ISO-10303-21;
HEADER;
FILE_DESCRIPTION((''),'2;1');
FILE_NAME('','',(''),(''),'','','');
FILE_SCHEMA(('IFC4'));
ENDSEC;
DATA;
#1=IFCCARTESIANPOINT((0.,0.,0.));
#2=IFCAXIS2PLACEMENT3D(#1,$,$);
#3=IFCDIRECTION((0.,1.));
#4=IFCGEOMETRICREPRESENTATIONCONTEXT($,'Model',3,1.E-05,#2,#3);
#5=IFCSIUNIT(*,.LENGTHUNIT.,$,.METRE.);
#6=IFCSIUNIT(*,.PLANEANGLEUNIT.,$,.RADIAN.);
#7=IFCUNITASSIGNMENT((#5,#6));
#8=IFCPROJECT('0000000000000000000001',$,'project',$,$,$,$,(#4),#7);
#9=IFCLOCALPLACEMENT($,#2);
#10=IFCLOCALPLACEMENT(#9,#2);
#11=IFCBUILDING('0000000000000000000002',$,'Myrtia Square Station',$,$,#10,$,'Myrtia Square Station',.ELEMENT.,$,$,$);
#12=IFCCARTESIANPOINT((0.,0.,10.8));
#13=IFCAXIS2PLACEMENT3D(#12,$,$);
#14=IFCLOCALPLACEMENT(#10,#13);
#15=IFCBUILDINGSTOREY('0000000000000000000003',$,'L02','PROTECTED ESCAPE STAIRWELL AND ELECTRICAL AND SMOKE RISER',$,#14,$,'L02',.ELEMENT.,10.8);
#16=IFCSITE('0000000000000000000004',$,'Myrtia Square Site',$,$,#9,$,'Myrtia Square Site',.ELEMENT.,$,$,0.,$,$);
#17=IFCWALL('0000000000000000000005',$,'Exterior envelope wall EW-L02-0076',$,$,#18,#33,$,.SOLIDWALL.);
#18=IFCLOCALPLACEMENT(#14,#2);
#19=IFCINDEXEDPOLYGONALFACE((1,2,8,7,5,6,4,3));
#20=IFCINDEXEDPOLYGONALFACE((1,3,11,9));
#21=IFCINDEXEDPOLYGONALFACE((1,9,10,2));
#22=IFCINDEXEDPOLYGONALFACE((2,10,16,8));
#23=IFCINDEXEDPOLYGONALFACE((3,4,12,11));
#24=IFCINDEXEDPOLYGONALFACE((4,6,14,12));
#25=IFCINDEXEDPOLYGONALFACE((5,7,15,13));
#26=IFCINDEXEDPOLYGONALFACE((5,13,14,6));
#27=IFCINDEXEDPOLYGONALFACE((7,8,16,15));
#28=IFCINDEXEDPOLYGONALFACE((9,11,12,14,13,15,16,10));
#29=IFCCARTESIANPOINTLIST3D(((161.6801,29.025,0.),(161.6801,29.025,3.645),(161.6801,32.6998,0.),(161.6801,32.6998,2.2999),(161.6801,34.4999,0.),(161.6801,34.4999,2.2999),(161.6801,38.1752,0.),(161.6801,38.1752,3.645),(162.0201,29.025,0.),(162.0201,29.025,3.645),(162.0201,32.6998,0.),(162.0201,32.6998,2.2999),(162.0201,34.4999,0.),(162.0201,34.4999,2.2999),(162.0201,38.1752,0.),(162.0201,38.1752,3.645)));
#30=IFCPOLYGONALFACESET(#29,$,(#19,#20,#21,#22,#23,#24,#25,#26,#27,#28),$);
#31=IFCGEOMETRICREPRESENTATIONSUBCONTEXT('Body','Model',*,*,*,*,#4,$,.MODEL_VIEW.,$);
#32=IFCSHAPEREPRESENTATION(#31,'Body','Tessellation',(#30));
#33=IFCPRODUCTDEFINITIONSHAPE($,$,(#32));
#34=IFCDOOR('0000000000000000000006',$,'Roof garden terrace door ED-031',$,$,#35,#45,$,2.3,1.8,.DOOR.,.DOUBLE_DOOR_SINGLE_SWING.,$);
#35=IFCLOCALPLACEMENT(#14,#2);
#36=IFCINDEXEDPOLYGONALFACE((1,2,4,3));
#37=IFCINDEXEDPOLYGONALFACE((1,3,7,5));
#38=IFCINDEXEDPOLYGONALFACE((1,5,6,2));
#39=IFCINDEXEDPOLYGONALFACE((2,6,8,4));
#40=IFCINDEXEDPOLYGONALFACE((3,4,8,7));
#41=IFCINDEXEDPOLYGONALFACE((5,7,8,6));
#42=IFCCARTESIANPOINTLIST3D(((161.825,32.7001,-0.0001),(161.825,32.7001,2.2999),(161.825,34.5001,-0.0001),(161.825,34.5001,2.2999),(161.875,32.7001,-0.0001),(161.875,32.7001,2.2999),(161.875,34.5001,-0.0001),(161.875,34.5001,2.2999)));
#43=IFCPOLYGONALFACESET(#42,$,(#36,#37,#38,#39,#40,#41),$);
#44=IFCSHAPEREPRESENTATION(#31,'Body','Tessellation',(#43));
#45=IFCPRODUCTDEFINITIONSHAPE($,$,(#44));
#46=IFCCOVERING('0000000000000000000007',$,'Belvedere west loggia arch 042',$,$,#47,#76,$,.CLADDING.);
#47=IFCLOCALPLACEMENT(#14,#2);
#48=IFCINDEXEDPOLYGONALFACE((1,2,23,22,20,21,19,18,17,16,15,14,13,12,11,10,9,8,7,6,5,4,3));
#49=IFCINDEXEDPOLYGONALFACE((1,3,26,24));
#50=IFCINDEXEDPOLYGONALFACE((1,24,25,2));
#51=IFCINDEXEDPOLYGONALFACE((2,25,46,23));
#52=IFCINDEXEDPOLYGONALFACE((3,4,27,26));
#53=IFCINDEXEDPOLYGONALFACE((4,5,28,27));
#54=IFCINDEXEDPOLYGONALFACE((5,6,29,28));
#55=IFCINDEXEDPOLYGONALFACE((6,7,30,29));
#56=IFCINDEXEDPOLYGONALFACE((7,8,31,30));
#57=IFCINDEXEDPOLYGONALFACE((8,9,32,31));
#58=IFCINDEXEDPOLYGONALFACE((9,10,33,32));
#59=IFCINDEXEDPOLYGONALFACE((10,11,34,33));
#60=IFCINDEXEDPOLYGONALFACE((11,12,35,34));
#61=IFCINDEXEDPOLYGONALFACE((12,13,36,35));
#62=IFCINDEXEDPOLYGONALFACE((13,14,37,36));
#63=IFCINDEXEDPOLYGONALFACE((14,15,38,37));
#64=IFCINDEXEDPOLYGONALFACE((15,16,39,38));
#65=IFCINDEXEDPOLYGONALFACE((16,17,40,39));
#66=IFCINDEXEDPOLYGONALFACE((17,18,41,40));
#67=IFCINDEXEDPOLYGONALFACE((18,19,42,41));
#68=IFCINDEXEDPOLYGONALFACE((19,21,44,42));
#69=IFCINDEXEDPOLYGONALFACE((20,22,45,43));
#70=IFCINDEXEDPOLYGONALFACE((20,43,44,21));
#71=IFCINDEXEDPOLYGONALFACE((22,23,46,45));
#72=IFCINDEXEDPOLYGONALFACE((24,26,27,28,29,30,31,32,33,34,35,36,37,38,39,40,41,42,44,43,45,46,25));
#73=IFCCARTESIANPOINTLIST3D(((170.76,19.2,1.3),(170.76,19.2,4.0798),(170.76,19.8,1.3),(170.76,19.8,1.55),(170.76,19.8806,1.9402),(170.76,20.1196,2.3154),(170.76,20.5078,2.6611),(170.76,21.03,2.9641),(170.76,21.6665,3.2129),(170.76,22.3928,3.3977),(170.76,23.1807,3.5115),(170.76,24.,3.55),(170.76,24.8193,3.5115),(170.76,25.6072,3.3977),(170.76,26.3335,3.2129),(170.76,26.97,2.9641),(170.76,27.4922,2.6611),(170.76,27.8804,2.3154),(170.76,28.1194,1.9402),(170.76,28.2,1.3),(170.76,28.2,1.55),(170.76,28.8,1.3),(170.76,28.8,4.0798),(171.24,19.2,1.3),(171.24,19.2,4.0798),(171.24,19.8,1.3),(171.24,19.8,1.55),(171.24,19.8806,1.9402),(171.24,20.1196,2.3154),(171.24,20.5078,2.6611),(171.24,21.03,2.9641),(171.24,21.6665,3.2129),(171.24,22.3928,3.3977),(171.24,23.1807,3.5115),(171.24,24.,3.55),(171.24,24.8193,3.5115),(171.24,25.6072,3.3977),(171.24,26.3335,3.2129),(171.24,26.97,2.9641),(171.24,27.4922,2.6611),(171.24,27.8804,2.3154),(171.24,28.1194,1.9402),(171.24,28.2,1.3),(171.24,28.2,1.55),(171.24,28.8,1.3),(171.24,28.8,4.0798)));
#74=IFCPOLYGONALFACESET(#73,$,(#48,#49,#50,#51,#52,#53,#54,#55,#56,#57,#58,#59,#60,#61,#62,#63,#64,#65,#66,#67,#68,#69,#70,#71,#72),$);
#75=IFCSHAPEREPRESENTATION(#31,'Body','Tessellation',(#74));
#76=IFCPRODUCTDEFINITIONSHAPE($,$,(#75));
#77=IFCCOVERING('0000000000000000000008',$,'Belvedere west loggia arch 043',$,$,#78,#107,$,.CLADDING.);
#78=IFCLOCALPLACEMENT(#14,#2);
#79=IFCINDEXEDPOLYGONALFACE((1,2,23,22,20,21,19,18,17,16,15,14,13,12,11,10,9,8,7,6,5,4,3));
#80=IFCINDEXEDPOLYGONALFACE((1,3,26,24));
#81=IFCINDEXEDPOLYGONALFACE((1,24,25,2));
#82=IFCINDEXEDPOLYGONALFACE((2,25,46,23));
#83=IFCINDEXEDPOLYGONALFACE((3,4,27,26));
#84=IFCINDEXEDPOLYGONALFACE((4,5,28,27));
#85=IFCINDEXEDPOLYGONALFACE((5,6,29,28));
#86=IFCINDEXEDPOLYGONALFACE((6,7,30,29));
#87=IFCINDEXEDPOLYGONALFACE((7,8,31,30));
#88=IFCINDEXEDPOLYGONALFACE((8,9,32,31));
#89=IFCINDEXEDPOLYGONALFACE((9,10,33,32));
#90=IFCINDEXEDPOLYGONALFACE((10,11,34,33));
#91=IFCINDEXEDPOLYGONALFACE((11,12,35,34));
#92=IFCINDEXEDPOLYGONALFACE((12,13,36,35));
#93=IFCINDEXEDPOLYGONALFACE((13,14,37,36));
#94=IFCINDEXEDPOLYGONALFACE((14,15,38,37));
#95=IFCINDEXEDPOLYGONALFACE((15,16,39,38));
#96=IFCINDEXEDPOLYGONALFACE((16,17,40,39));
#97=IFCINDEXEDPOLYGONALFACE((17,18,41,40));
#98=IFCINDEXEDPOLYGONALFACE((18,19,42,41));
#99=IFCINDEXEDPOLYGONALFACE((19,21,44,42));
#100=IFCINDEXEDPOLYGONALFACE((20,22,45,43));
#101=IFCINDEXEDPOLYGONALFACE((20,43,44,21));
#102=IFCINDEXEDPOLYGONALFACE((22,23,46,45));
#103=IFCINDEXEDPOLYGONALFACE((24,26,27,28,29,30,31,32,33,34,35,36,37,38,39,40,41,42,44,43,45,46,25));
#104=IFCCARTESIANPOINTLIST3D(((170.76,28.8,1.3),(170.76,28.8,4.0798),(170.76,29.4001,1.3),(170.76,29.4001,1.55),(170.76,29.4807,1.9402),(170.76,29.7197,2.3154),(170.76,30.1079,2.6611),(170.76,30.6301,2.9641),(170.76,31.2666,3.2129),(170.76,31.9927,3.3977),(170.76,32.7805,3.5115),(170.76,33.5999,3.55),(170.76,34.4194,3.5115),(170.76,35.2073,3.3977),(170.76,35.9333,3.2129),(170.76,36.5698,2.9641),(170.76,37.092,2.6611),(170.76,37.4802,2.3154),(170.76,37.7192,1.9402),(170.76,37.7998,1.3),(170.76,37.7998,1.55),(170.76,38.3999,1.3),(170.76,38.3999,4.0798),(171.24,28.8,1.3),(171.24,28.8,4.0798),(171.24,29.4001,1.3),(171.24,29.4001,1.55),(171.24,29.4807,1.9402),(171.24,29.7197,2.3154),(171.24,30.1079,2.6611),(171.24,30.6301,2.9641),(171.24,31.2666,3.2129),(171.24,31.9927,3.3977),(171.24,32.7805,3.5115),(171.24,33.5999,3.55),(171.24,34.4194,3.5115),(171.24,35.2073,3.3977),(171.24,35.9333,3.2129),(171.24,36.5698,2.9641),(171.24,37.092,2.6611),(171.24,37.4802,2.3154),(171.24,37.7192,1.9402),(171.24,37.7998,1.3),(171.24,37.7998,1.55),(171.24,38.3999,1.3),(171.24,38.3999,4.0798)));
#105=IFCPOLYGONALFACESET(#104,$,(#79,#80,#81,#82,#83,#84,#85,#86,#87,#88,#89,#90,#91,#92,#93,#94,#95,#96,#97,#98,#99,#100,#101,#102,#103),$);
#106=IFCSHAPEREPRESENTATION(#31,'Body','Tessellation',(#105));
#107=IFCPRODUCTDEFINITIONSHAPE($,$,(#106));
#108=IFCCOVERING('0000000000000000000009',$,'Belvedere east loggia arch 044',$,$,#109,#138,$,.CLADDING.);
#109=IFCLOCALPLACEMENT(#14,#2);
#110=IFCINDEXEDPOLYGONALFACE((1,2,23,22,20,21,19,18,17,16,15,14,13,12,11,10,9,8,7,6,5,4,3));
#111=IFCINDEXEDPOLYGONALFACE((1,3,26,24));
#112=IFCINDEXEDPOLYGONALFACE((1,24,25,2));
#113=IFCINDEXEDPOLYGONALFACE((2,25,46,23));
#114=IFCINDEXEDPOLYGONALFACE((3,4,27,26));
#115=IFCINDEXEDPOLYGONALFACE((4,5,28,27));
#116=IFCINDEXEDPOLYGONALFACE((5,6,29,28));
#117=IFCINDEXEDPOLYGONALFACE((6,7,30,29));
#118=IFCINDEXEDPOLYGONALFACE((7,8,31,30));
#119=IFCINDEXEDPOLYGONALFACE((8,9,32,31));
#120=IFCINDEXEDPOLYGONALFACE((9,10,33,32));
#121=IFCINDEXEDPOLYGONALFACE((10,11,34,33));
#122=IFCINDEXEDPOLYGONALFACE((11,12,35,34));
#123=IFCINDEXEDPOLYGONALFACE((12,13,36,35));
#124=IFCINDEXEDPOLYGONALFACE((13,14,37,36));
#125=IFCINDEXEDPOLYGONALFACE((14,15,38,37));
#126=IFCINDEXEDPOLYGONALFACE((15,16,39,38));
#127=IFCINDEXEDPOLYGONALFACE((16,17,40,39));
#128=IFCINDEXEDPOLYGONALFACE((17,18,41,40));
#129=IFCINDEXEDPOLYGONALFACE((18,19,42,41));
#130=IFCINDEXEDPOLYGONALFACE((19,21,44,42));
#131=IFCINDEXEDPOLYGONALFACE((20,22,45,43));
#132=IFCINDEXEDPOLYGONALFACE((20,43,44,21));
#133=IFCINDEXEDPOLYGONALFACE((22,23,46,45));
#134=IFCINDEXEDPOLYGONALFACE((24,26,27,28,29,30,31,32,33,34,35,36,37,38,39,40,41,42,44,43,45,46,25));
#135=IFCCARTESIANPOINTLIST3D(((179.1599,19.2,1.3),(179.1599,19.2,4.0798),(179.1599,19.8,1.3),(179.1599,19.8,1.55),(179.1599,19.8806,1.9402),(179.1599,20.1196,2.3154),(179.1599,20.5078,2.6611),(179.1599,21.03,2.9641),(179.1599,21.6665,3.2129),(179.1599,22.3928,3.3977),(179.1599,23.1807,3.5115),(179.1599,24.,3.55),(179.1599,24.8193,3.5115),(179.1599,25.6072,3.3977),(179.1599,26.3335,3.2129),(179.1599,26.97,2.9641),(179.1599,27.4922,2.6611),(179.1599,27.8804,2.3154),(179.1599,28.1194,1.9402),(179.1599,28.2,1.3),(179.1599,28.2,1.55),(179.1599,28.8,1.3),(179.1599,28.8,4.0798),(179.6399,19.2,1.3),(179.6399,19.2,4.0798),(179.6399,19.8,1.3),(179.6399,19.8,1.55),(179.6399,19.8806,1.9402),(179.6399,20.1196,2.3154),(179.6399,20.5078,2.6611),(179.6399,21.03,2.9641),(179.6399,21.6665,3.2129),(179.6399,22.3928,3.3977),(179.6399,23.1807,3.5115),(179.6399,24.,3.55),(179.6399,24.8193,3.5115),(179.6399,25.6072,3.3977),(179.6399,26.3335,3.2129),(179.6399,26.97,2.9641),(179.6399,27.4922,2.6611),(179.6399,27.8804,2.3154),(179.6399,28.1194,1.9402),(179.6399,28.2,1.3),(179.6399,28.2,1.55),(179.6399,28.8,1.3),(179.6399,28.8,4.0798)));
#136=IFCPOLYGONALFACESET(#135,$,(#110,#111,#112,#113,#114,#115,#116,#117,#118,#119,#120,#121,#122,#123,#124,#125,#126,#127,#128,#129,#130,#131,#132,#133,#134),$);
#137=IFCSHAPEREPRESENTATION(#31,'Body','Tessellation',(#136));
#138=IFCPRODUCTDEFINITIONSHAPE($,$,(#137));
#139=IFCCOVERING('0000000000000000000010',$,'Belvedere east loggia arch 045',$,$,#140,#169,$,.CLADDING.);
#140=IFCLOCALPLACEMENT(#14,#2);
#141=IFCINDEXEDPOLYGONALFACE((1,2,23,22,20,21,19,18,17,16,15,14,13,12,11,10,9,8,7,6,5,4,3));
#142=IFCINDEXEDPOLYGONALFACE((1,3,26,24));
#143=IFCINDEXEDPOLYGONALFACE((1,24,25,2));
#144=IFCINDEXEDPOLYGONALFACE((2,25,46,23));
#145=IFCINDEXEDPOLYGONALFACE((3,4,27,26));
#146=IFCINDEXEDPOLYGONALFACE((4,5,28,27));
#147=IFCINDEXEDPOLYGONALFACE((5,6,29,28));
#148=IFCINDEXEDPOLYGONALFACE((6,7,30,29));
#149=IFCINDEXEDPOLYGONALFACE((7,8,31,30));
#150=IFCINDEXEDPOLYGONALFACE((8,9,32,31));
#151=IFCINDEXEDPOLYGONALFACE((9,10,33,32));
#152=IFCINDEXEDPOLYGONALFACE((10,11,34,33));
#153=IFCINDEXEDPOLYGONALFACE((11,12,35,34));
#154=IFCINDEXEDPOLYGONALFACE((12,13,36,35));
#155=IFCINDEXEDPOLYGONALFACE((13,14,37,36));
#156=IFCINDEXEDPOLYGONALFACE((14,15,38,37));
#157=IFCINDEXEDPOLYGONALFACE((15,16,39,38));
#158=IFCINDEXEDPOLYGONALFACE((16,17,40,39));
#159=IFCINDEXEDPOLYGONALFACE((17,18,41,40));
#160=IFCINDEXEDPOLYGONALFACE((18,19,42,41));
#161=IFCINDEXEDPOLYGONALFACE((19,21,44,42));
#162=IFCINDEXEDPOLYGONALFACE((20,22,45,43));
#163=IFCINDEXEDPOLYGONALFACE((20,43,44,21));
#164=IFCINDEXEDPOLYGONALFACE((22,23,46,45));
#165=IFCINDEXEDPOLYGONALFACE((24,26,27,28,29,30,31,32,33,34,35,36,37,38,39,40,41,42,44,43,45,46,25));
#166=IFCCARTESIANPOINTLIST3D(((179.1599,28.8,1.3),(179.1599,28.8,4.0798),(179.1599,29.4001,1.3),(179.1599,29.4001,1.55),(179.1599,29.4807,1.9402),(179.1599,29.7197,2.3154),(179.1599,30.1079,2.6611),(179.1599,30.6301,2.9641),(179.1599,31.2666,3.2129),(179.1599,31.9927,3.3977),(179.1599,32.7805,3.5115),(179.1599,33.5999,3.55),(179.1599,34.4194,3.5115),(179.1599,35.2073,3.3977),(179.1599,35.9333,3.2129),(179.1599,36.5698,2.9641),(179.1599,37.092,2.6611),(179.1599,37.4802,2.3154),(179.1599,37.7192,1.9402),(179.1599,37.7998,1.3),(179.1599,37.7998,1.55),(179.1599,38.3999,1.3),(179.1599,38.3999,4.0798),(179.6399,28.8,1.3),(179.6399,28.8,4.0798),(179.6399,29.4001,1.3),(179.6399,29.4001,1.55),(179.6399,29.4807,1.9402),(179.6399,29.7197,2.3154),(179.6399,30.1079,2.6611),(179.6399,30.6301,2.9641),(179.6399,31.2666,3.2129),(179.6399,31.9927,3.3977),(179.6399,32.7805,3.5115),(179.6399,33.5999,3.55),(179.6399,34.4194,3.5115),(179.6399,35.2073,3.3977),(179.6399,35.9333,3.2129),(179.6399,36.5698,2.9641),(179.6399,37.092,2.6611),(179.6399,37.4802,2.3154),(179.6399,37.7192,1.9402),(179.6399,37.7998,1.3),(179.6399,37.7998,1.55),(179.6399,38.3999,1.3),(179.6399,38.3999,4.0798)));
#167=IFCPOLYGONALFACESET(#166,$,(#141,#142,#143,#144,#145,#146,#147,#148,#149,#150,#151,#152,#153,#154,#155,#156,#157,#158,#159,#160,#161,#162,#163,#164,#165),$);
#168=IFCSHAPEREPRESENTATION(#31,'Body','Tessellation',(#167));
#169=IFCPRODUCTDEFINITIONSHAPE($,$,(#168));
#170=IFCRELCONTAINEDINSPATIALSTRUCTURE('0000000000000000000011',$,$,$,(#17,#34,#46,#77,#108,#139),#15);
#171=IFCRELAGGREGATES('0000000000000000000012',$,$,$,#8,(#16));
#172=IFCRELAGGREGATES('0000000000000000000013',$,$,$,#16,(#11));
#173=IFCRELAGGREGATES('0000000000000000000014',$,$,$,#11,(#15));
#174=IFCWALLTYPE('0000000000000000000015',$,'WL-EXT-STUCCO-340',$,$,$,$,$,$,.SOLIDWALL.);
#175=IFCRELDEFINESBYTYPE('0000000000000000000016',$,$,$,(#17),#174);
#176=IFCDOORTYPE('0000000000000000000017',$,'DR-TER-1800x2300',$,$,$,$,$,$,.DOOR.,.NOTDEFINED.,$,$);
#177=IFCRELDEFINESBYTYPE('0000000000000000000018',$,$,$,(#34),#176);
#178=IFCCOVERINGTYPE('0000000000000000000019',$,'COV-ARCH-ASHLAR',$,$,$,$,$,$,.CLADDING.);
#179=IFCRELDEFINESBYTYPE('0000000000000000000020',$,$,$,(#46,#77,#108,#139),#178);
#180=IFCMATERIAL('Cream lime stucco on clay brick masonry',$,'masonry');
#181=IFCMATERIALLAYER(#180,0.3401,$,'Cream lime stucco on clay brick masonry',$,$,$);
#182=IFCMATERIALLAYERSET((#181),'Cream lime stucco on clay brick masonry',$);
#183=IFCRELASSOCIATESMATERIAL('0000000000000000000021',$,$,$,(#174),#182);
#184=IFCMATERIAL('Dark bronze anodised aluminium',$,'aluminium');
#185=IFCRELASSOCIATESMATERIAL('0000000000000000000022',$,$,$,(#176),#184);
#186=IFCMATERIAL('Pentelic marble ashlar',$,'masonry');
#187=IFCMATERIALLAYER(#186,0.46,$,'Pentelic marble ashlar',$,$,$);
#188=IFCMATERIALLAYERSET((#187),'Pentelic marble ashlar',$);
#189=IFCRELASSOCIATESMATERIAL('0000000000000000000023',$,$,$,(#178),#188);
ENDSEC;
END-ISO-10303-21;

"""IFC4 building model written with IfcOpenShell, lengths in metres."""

from ifc_helpers import new_model, si_unit, direction, frame, frame_2d, origin, place, context, subcontext, project, spatial, polyline, rectangle, outline, extrude, material, layer, layer_set, type_object, element, fill, save


model = new_model("IFC4")

# Units and contexts
model_context = context("Model", 3, precision=1e-05, world=origin(), true_north=direction((0.0, 1.0)))
body_context = subcontext(model_context, "Body", "Model", "MODEL_VIEW")
ifc_project = project(units=[si_unit("LENGTHUNIT", "METRE"), si_unit("PLANEANGLEUNIT", "RADIAN")], contexts=[model_context])

# Site, building, storey
site_placement = place(None, origin())
site = spatial("IfcSite", under=ifc_project, at=site_placement, Name="Myrtia Square Site", LongName="Myrtia Square Site", CompositionType="ELEMENT", RefElevation=0.0)
building_placement = place(site_placement, origin())
building = spatial("IfcBuilding", under=site, at=building_placement, Name="Myrtia Square Station", LongName="Myrtia Square Station", CompositionType="ELEMENT")
storey_placement = place(building_placement, frame((0.0, 0.0, 10.8)))
storey = spatial("IfcBuildingStorey", under=building, at=storey_placement, Name="L02", Description="PROTECTED ESCAPE STAIRWELL AND ELECTRICAL AND SMOKE RISER", LongName="L02", CompositionType="ELEMENT", Elevation=10.8)

# Shared definitions
ifc_material_1 = material(Name="Cream lime stucco on clay brick masonry", Category="masonry")
ifc_layer_1 = layer(ifc_material_1, 0.3401, Name="Cream lime stucco on clay brick masonry")
ifc_layer_set_1 = layer_set([ifc_layer_1], Name="Cream lime stucco on clay brick masonry")
wall_type = type_object("IfcWallType", Name="WL-EXT-STUCCO-340", PredefinedType="SOLIDWALL", material=ifc_layer_set_1)

# Wall, opening, door
wall_1_placement = place(storey_placement, frame((161.8501, 29.0249, 0.0), z_axis=(0.0, 0.0, 1.0), x_axis=(0.0, 1.0, 0.0)))
wall_1 = element("IfcWall", 1, at=wall_1_placement, inside=storey, type_object=wall_type, Name="Exterior envelope wall EW-L02-0076", PredefinedType="SOLIDWALL", context=body_context, shape_type="SweptSolid", body=[
    extrude(rectangle(XDim=9.1501, YDim=0.3401, at=frame_2d((4.5752, 0.0))), origin(), (0.0, 0.0, 1.0), 3.645),
])
opening_1_placement = place(wall_1_placement, frame((3.675, 0.0, 0.0)))
opening_1 = element("IfcOpeningElement", 2, at=opening_1_placement, cuts=wall_1, PredefinedType="OPENING", context=body_context, shape_type="SweptSolid", body=[
    extrude(rectangle(XDim=1.8, YDim=2.3, at=frame_2d((0.8999, 1.1499))), frame((0.0, 0.1851, 0.0), z_axis=(0.0, -1.0, 0.0), x_axis=(1.0, 0.0, 0.0)), (0.0, 0.0, 1.0), 0.3701),
])
ifc_material_2 = material(Name="Dark bronze anodised aluminium", Category="aluminium")
door_type = type_object("IfcDoorType", Name="DR-TER-1800x2300", OperationType="NOTDEFINED", PredefinedType="DOOR", material=ifc_material_2)
door_placement = place(opening_1_placement, frame((1.8, 0.0, 0.0), z_axis=(0.0, 0.0, 1.0), x_axis=(-1.0, 0.0, 0.0)))
door = element("IfcDoor", 3, at=door_placement, inside=storey, type_object=door_type, Name="Roof garden terrace door ED-031", OperationType="DOUBLE_DOOR_SINGLE_SWING", OverallHeight=2.3, OverallWidth=1.8, PredefinedType="DOOR", context=body_context, shape_type="SweptSolid", body=[
    extrude(rectangle(XDim=1.8, YDim=2.3, at=frame_2d((0.8999, 1.1499))), frame((0.0, 0.0249, 0.0), z_axis=(0.0, -1.0, 0.0), x_axis=(1.0, 0.0, 0.0)), (0.0, 0.0, 1.0), 0.05),
])
fill(opening_1, door)

# Coverings
ifc_material_3 = material(Name="Pentelic marble ashlar", Category="masonry")
ifc_layer_2 = layer(ifc_material_3, 0.46, Name="Pentelic marble ashlar")
ifc_layer_set_2 = layer_set([ifc_layer_2], Name="Pentelic marble ashlar")
covering_type = type_object("IfcCoveringType", Name="COV-ARCH-ASHLAR", PredefinedType="CLADDING", material=ifc_layer_set_2)
covering_1_placement = place(storey_placement, frame((171.0, 19.2, 1.3), z_axis=(0.0, 0.0, 1.0), x_axis=(0.0, 1.0, 0.0)))
element("IfcCovering", 4, at=covering_1_placement, inside=storey, type_object=covering_type, Name="Belvedere west loggia arch 042", PredefinedType="CLADDING", context=body_context, shape_type="SweptSolid", body=[
    extrude(outline(polyline([(0.0, 0.0), (0.6001, 0.0), (0.6001, 0.25), (0.6807, 0.6401), (0.9197, 1.0154), (1.3079, 1.3611), (1.8301, 1.6641), (2.4666, 1.9128), (3.1929, 2.0977), (3.9807, 2.2114), (4.8, 2.25), (5.6194, 2.2114), (6.4072, 2.0977), (7.1335, 1.9128), (7.77, 1.6641), (8.2922, 1.3611), (8.6804, 1.0154), (8.9194, 0.6401), (9.0, 0.25), (9.0, 0.0), (9.6001, 0.0), (9.6001, 2.7798), (0.0, 2.7798), (0.0, 0.0)])), frame((0.0, 0.24, 0.0), z_axis=(0.0, -1.0, 0.0), x_axis=(1.0, 0.0, 0.0)), (0.0, 0.0, 1.0), 0.48),
])
covering_2_placement = place(storey_placement, frame((171.0, 28.8, 1.3), z_axis=(0.0, 0.0, 1.0), x_axis=(0.0, 1.0, 0.0)))
element("IfcCovering", 5, at=covering_2_placement, inside=storey, type_object=covering_type, Name="Belvedere west loggia arch 043", PredefinedType="CLADDING", context=body_context, shape_type="SweptSolid", body=[
    extrude(outline(polyline([(0.0, 0.0), (0.6001, 0.0), (0.6001, 0.25), (0.6807, 0.6401), (0.9197, 1.0154), (1.3079, 1.3611), (1.8301, 1.6641), (2.4666, 1.9128), (3.1926, 2.0977), (3.9805, 2.2114), (4.7998, 2.25), (5.6194, 2.2114), (6.4072, 2.0977), (7.1333, 1.9128), (7.7698, 1.6641), (8.292, 1.3611), (8.6802, 1.0154), (8.9192, 0.6401), (8.9998, 0.25), (8.9998, 0.0), (9.5999, 0.0), (9.5999, 2.7798), (0.0, 2.7798), (0.0, 0.0)])), frame((0.0, 0.24, 0.0), z_axis=(0.0, -1.0, 0.0), x_axis=(1.0, 0.0, 0.0)), (0.0, 0.0, 1.0), 0.48),
])
covering_3_placement = place(storey_placement, frame((179.3999, 19.2, 1.3), z_axis=(0.0, 0.0, 1.0), x_axis=(0.0, 1.0, 0.0)))
element("IfcCovering", 6, at=covering_3_placement, inside=storey, type_object=covering_type, Name="Belvedere east loggia arch 044", PredefinedType="CLADDING", context=body_context, shape_type="SweptSolid", body=[
    extrude(outline(polyline([(0.0, 0.0), (0.6001, 0.0), (0.6001, 0.25), (0.6807, 0.6401), (0.9197, 1.0154), (1.3079, 1.3611), (1.8301, 1.6641), (2.4666, 1.9128), (3.1929, 2.0977), (3.9807, 2.2114), (4.8, 2.25), (5.6194, 2.2114), (6.4072, 2.0977), (7.1335, 1.9128), (7.77, 1.6641), (8.2922, 1.3611), (8.6804, 1.0154), (8.9194, 0.6401), (9.0, 0.25), (9.0, 0.0), (9.6001, 0.0), (9.6001, 2.7798), (0.0, 2.7798), (0.0, 0.0)])), frame((0.0, 0.24, 0.0), z_axis=(0.0, -1.0, 0.0), x_axis=(1.0, 0.0, 0.0)), (0.0, 0.0, 1.0), 0.48),
])
covering_4_placement = place(storey_placement, frame((179.3999, 28.8, 1.3), z_axis=(0.0, 0.0, 1.0), x_axis=(0.0, 1.0, 0.0)))
element("IfcCovering", 7, at=covering_4_placement, inside=storey, type_object=covering_type, Name="Belvedere east loggia arch 045", PredefinedType="CLADDING", context=body_context, shape_type="SweptSolid", body=[
    extrude(outline(polyline([(0.0, 0.0), (0.6001, 0.0), (0.6001, 0.25), (0.6807, 0.6401), (0.9197, 1.0154), (1.3079, 1.3611), (1.8301, 1.6641), (2.4666, 1.9128), (3.1926, 2.0977), (3.9805, 2.2114), (4.7998, 2.25), (5.6194, 2.2114), (6.4072, 2.0977), (7.1333, 1.9128), (7.7698, 1.6641), (8.292, 1.3611), (8.6802, 1.0154), (8.9192, 0.6401), (8.9998, 0.25), (8.9998, 0.0), (9.5999, 0.0), (9.5999, 2.7798), (0.0, 2.7798), (0.0, 0.0)])), frame((0.0, 0.24, 0.0), z_axis=(0.0, -1.0, 0.0), x_axis=(1.0, 0.0, 0.0)), (0.0, 0.0, 1.0), 0.48),
])

save(model, "model.ifc")
